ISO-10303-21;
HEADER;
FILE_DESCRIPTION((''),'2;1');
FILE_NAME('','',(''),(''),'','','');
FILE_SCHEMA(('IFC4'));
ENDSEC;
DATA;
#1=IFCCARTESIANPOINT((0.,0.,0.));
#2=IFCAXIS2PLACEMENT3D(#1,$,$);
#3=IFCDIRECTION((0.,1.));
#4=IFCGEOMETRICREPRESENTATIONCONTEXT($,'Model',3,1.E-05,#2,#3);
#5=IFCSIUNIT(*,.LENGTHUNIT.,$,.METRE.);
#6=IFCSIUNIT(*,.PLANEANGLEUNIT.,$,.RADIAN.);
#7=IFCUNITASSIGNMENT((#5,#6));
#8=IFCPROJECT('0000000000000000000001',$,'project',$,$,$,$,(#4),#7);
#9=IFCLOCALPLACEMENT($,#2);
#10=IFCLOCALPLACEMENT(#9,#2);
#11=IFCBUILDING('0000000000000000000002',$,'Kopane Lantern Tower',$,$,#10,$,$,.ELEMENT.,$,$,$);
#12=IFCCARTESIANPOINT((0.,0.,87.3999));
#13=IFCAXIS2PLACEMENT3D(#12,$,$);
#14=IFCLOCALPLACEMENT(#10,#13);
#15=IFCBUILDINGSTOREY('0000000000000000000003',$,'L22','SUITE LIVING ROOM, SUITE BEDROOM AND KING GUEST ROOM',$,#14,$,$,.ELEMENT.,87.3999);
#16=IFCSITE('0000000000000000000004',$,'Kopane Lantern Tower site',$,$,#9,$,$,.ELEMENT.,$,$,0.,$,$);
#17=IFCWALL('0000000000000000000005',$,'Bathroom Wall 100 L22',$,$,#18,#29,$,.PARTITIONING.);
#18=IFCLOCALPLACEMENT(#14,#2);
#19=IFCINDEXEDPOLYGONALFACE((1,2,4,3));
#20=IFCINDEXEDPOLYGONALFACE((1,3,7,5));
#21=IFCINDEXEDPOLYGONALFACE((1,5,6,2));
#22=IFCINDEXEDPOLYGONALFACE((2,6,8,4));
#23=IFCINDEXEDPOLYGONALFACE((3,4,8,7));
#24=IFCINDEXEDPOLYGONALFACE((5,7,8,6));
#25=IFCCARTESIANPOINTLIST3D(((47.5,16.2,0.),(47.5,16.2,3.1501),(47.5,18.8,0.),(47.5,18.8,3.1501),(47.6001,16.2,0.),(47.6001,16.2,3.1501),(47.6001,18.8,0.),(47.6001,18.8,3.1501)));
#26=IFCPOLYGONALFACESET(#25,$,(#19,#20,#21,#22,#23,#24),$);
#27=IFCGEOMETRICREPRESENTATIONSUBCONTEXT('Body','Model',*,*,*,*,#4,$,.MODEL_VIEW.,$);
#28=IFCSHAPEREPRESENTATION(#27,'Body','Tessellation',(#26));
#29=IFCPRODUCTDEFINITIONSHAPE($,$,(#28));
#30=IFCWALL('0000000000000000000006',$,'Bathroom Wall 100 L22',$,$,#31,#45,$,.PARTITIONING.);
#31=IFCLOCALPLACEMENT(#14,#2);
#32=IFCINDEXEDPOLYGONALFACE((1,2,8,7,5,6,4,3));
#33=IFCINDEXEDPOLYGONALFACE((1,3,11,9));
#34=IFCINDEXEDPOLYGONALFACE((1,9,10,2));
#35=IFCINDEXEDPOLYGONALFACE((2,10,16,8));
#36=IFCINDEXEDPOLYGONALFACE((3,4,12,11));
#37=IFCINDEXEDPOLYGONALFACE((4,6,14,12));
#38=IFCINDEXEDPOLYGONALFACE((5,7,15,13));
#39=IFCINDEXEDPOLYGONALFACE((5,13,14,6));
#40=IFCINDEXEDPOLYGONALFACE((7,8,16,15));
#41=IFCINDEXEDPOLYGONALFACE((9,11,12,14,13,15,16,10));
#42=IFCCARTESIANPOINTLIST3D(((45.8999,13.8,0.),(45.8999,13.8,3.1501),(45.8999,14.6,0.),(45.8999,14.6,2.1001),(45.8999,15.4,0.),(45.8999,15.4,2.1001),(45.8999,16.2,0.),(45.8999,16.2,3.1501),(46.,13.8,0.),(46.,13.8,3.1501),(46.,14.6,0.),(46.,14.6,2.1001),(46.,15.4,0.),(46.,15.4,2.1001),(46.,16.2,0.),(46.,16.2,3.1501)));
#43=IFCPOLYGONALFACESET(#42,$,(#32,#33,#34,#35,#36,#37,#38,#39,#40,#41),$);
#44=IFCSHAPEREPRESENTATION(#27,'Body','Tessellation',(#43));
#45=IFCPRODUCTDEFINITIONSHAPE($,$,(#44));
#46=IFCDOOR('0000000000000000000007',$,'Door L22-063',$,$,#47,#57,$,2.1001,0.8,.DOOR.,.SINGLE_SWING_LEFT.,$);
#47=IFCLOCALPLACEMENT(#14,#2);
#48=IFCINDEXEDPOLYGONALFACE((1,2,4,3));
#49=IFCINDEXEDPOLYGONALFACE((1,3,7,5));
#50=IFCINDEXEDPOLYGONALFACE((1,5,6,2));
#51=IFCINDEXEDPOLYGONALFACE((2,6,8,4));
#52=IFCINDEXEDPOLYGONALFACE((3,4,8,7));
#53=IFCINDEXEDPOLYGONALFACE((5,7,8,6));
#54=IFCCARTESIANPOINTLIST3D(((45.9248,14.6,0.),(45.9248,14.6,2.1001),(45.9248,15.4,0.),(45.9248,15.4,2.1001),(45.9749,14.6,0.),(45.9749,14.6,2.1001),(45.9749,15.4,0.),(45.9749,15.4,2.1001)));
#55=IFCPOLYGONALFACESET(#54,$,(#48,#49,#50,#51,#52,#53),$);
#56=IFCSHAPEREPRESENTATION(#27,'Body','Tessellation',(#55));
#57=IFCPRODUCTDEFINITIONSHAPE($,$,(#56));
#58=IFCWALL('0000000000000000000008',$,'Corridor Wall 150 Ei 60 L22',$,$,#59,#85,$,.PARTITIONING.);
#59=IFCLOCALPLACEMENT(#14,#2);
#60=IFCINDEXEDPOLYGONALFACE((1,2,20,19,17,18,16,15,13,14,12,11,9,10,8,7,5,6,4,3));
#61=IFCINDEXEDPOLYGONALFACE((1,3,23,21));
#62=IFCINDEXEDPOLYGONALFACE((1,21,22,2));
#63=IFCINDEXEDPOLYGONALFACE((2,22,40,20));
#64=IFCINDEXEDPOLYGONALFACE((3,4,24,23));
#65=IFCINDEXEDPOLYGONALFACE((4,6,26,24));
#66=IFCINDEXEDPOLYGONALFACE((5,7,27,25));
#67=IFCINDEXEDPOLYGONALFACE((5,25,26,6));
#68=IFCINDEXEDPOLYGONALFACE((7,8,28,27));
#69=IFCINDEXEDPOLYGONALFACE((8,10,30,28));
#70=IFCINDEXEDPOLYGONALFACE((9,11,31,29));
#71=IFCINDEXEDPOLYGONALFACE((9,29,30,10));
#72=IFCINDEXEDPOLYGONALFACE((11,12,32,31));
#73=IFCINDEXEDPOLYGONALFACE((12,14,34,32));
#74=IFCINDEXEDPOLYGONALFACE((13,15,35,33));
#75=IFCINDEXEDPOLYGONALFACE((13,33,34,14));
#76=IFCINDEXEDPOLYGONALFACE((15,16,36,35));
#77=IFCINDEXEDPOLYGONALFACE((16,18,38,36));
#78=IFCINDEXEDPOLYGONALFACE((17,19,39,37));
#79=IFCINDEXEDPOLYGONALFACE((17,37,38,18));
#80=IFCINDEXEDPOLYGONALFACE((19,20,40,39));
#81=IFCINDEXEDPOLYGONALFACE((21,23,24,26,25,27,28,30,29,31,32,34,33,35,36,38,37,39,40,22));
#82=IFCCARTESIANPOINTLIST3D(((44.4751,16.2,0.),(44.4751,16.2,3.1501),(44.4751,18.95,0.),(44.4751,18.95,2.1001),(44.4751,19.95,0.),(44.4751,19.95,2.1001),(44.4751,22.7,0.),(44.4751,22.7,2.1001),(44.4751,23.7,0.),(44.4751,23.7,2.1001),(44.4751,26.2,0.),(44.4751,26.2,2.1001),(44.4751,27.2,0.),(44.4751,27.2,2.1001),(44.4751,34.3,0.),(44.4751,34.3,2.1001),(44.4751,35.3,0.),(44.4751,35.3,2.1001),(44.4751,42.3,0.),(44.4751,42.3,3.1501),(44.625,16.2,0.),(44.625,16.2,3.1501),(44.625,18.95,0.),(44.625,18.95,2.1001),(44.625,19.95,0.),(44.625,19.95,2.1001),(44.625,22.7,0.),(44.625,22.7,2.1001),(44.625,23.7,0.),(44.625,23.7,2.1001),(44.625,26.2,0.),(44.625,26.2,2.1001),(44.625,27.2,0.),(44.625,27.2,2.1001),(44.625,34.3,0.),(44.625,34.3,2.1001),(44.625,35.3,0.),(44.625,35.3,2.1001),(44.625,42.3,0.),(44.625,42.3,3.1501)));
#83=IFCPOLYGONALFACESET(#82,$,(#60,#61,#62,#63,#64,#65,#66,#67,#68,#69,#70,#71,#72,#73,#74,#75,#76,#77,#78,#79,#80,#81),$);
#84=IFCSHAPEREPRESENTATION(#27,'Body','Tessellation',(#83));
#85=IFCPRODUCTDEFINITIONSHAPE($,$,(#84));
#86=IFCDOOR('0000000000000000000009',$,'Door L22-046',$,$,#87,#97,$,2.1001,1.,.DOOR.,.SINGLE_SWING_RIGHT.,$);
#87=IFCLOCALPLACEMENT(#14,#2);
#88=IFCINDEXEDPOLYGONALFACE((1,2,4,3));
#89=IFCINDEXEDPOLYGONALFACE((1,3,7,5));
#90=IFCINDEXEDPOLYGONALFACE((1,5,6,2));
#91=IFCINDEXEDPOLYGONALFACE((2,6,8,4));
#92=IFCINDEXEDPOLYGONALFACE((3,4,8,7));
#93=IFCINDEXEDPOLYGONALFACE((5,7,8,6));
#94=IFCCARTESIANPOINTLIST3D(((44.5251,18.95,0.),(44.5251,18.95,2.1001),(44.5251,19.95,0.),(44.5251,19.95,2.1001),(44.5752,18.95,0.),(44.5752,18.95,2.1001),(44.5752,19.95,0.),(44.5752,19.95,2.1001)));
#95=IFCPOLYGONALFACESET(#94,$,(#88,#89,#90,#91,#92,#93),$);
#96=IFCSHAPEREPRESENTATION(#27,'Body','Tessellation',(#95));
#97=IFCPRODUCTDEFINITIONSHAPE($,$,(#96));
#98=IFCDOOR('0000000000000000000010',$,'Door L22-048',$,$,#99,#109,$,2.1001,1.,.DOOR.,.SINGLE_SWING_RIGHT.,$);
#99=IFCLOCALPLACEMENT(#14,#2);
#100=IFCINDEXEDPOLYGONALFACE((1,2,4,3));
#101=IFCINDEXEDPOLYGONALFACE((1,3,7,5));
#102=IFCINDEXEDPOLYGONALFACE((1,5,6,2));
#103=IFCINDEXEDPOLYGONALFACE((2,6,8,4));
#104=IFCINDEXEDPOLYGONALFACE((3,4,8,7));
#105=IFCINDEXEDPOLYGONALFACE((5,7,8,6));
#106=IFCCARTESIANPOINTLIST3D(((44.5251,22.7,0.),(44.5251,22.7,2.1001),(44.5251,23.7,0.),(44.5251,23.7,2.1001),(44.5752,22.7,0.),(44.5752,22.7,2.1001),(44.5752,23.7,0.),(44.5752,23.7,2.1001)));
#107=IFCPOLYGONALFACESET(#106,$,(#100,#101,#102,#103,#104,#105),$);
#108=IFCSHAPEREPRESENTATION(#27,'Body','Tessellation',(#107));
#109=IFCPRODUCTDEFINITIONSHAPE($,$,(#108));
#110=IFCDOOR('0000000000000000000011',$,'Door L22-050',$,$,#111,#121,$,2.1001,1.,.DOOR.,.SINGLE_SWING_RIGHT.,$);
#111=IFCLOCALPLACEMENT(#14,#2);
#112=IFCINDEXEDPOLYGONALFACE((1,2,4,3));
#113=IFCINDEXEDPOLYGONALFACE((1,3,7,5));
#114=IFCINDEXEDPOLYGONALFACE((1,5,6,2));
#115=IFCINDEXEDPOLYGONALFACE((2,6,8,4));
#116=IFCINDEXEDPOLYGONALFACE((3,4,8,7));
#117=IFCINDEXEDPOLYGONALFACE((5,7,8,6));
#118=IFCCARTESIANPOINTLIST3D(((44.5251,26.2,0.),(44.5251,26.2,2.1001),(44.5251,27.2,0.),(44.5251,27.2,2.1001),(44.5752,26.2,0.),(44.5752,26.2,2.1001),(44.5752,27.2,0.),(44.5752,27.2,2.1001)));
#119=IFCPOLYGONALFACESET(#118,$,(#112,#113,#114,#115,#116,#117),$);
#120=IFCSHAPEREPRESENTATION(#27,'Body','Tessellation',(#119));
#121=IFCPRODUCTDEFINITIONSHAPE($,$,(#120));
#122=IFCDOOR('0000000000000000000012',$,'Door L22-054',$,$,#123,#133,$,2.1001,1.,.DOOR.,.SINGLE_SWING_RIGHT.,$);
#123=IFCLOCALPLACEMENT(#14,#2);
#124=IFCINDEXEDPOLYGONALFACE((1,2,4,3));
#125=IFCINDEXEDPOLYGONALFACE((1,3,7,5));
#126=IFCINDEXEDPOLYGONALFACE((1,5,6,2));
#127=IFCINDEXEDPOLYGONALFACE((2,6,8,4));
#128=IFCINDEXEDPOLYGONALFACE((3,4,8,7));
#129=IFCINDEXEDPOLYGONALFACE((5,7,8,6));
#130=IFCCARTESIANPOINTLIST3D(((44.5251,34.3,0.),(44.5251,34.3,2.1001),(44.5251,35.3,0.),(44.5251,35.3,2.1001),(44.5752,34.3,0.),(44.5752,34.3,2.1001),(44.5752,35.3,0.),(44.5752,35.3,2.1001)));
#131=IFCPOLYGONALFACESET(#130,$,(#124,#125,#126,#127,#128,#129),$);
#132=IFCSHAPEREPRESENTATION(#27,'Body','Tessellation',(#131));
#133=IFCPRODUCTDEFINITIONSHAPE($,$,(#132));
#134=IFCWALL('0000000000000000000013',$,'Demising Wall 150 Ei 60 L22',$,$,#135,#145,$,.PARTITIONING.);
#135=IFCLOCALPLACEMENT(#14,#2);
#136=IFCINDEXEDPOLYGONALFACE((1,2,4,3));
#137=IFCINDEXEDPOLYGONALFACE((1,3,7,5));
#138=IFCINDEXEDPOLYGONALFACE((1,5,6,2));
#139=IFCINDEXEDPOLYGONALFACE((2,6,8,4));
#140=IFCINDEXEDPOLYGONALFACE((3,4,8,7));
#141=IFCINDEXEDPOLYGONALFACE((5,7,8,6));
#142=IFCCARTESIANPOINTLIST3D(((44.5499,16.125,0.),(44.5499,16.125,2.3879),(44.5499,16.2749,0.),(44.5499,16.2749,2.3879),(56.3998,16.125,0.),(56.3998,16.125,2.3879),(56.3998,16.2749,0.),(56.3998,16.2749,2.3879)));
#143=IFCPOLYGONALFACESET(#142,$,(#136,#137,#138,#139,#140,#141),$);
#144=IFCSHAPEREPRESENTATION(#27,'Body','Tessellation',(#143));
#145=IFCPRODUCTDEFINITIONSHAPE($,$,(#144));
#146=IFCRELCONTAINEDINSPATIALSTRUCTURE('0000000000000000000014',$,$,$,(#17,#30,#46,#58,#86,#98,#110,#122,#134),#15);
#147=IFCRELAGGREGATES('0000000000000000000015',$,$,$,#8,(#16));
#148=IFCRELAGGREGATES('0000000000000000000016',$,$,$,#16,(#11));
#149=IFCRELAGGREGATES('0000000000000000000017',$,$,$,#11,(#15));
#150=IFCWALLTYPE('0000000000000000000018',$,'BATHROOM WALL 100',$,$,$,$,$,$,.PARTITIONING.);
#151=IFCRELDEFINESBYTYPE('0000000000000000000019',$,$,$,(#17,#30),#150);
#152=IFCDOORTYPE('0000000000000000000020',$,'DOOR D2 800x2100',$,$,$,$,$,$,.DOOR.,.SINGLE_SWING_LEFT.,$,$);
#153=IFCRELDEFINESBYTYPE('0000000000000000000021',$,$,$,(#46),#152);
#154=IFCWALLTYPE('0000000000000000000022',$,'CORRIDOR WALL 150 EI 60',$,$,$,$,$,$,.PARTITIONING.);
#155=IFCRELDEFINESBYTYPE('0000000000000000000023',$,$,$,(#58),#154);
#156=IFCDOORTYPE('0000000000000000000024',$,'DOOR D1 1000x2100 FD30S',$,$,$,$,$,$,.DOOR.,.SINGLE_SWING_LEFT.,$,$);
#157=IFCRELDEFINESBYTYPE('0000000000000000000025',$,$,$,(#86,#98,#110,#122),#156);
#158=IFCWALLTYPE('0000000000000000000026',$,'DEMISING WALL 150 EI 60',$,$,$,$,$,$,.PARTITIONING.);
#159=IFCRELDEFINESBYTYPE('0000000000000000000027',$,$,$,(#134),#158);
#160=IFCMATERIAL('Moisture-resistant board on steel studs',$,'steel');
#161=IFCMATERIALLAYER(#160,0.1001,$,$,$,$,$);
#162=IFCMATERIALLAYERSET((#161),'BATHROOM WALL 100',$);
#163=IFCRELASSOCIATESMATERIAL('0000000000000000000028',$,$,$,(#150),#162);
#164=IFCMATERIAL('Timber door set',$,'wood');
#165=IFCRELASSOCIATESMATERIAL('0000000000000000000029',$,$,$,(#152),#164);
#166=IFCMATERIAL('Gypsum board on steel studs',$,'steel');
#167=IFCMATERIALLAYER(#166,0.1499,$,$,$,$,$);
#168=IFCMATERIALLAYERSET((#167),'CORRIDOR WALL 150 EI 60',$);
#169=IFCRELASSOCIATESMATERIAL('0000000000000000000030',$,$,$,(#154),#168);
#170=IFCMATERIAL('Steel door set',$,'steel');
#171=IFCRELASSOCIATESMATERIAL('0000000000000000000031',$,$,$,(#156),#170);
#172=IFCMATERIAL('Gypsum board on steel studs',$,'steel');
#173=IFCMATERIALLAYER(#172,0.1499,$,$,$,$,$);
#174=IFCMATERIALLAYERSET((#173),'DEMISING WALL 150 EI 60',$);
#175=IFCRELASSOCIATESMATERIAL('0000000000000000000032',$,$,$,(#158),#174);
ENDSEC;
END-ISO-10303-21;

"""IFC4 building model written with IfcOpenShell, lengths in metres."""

from ifc_helpers import new_model, si_unit, direction, frame, frame_2d, origin, place, context, subcontext, project, spatial, rectangle, extrude, material, layer, layer_set, type_object, element, fill, save


model = new_model("IFC4")

# Units and contexts
model_context = context("Model", 3, precision=1e-05, world=origin(), true_north=direction((0.0, 1.0)))
body_context = subcontext(model_context, "Body", "Model", "MODEL_VIEW")
ifc_project = project(units=[si_unit("LENGTHUNIT", "METRE"), si_unit("PLANEANGLEUNIT", "RADIAN")], contexts=[model_context])

# Site, building, storey
site_placement = place(None, origin())
site = spatial("IfcSite", under=ifc_project, at=site_placement, Name="Kopane Lantern Tower site", CompositionType="ELEMENT", RefElevation=0.0)
building_placement = place(site_placement, origin())
building = spatial("IfcBuilding", under=site, at=building_placement, Name="Kopane Lantern Tower", CompositionType="ELEMENT")
storey_placement = place(building_placement, frame((0.0, 0.0, 87.3999)))
storey = spatial("IfcBuildingStorey", under=building, at=storey_placement, Name="L22", Description="SUITE LIVING ROOM, SUITE BEDROOM AND KING GUEST ROOM", CompositionType="ELEMENT", Elevation=87.3999)

# Wall
ifc_material_1 = material(Name="Moisture-resistant board on steel studs", Category="steel")
ifc_layer_1 = layer(ifc_material_1, 0.1001)
ifc_layer_set_1 = layer_set([ifc_layer_1], Name="BATHROOM WALL 100")
wall_type_1 = type_object("IfcWallType", Name="BATHROOM WALL 100", PredefinedType="PARTITIONING", material=ifc_layer_set_1)
wall_1_placement = place(storey_placement, frame((47.55, 16.2, 0.0), z_axis=(0.0, 0.0, 1.0), x_axis=(0.0, 1.0, 0.0)))
element("IfcWall", 1, at=wall_1_placement, inside=storey, type_object=wall_type_1, Name="Bathroom Wall 100 L22", PredefinedType="PARTITIONING", context=body_context, shape_type="SweptSolid", body=[
    extrude(rectangle(XDim=2.6001, YDim=0.1001, at=frame_2d((1.3, 0.0))), origin(), (0.0, 0.0, 1.0), 3.1501),
])

# Wall, opening, door
wall_2_placement = place(storey_placement, frame((45.95, 16.2, 0.0), z_axis=(0.0, 0.0, 1.0), x_axis=(0.0, -1.0, 0.0)))
wall_2 = element("IfcWall", 2, at=wall_2_placement, inside=storey, type_object=wall_type_1, Name="Bathroom Wall 100 L22", PredefinedType="PARTITIONING", context=body_context, shape_type="SweptSolid", body=[
    extrude(rectangle(XDim=2.3999, YDim=0.1001, at=frame_2d((1.2, 0.0))), origin(), (0.0, 0.0, 1.0), 3.1501),
])
opening_1_placement = place(wall_2_placement, frame((0.8, 0.0, 0.0)))
opening_1 = element("IfcOpeningElement", 3, at=opening_1_placement, cuts=wall_2, PredefinedType="OPENING", context=body_context, shape_type="SweptSolid", body=[
    extrude(rectangle(XDim=0.8, YDim=2.1001, at=frame_2d((0.3999, 1.05))), frame((0.0, 0.0601, 0.0), z_axis=(0.0, -1.0, 0.0), x_axis=(1.0, 0.0, 0.0)), (0.0, 0.0, 1.0), 0.1201),
])
ifc_material_2 = material(Name="Timber door set", Category="wood")
door_type_1 = type_object("IfcDoorType", Name="DOOR D2 800x2100", OperationType="SINGLE_SWING_LEFT", PredefinedType="DOOR", material=ifc_material_2)
door_1_placement = place(opening_1_placement, origin())
door_1 = element("IfcDoor", 4, at=door_1_placement, inside=storey, type_object=door_type_1, Name="Door L22-063", OperationType="SINGLE_SWING_LEFT", OverallHeight=2.1001, OverallWidth=0.8, PredefinedType="DOOR", context=body_context, shape_type="SweptSolid", body=[
    extrude(rectangle(XDim=0.8, YDim=2.1001, at=frame_2d((0.3999, 1.05))), frame((0.0, 0.0249, 0.0), z_axis=(0.0, -1.0, 0.0), x_axis=(1.0, 0.0, 0.0)), (0.0, 0.0, 1.0), 0.05),
])
fill(opening_1, door_1)

# Wall, openings, doors
ifc_material_3 = material(Name="Gypsum board on steel studs", Category="steel")
ifc_layer_2 = layer(ifc_material_3, 0.1499)
ifc_layer_set_2 = layer_set([ifc_layer_2], Name="CORRIDOR WALL 150 EI 60")
wall_type_2 = type_object("IfcWallType", Name="CORRIDOR WALL 150 EI 60", PredefinedType="PARTITIONING", material=ifc_layer_set_2)
wall_3_placement = place(storey_placement, frame((44.55, 16.2, 0.0), z_axis=(0.0, 0.0, 1.0), x_axis=(0.0, 1.0, 0.0)))
wall_3 = element("IfcWall", 5, at=wall_3_placement, inside=storey, type_object=wall_type_2, Name="Corridor Wall 150 Ei 60 L22", PredefinedType="PARTITIONING", context=body_context, shape_type="SweptSolid", body=[
    extrude(rectangle(XDim=26.1001, YDim=0.1499, at=frame_2d((13.05, 0.0))), origin(), (0.0, 0.0, 1.0), 3.1501),
])
opening_2_placement = place(wall_3_placement, frame((2.75, 0.0, 0.0)))
opening_2 = element("IfcOpeningElement", 6, at=opening_2_placement, cuts=wall_3, PredefinedType="OPENING", context=body_context, shape_type="SweptSolid", body=[
    extrude(rectangle(XDim=1.0, YDim=2.1001, at=frame_2d((0.5, 1.05))), frame((0.0, 0.085, 0.0), z_axis=(0.0, -1.0, 0.0), x_axis=(1.0, 0.0, 0.0)), (0.0, 0.0, 1.0), 0.1699),
])
opening_3_placement = place(wall_3_placement, frame((6.5, 0.0, 0.0)))
opening_3 = element("IfcOpeningElement", 7, at=opening_3_placement, cuts=wall_3, PredefinedType="OPENING", context=body_context, shape_type="SweptSolid", body=[
    extrude(rectangle(XDim=1.0, YDim=2.1001, at=frame_2d((0.5, 1.05))), frame((0.0, 0.085, 0.0), z_axis=(0.0, -1.0, 0.0), x_axis=(1.0, 0.0, 0.0)), (0.0, 0.0, 1.0), 0.1699),
])
opening_4_placement = place(wall_3_placement, frame((10.0, 0.0, 0.0)))
opening_4 = element("IfcOpeningElement", 8, at=opening_4_placement, cuts=wall_3, PredefinedType="OPENING", context=body_context, shape_type="SweptSolid", body=[
    extrude(rectangle(XDim=1.0, YDim=2.1001, at=frame_2d((0.5, 1.05))), frame((0.0, 0.085, 0.0), z_axis=(0.0, -1.0, 0.0), x_axis=(1.0, 0.0, 0.0)), (0.0, 0.0, 1.0), 0.1699),
])
opening_5_placement = place(wall_3_placement, frame((18.1001, 0.0, 0.0)))
opening_5 = element("IfcOpeningElement", 9, at=opening_5_placement, cuts=wall_3, PredefinedType="OPENING", context=body_context, shape_type="SweptSolid", body=[
    extrude(rectangle(XDim=1.0, YDim=2.1001, at=frame_2d((0.5, 1.05))), frame((0.0, 0.085, 0.0), z_axis=(0.0, -1.0, 0.0), x_axis=(1.0, 0.0, 0.0)), (0.0, 0.0, 1.0), 0.1699),
])
ifc_material_4 = material(Name="Steel door set", Category="steel")
door_type_2 = type_object("IfcDoorType", Name="DOOR D1 1000x2100 FD30S", OperationType="SINGLE_SWING_LEFT", PredefinedType="DOOR", material=ifc_material_4)
door_2_placement = place(opening_2_placement, origin())
door_2 = element("IfcDoor", 10, at=door_2_placement, inside=storey, type_object=door_type_2, Name="Door L22-046", OperationType="SINGLE_SWING_RIGHT", OverallHeight=2.1001, OverallWidth=1.0, PredefinedType="DOOR", context=body_context, shape_type="SweptSolid", body=[
    extrude(rectangle(XDim=1.0, YDim=2.1001, at=frame_2d((0.5, 1.05))), frame((0.0, 0.0249, 0.0), z_axis=(0.0, -1.0, 0.0), x_axis=(1.0, 0.0, 0.0)), (0.0, 0.0, 1.0), 0.05),
])
fill(opening_2, door_2)
door_3_placement = place(opening_3_placement, origin())
door_3 = element("IfcDoor", 11, at=door_3_placement, inside=storey, type_object=door_type_2, Name="Door L22-048", OperationType="SINGLE_SWING_RIGHT", OverallHeight=2.1001, OverallWidth=1.0, PredefinedType="DOOR", context=body_context, shape_type="SweptSolid", body=[
    extrude(rectangle(XDim=1.0, YDim=2.1001, at=frame_2d((0.5, 1.05))), frame((0.0, 0.0249, 0.0), z_axis=(0.0, -1.0, 0.0), x_axis=(1.0, 0.0, 0.0)), (0.0, 0.0, 1.0), 0.05),
])
fill(opening_3, door_3)
door_4_placement = place(opening_4_placement, origin())
door_4 = element("IfcDoor", 12, at=door_4_placement, inside=storey, type_object=door_type_2, Name="Door L22-050", OperationType="SINGLE_SWING_RIGHT", OverallHeight=2.1001, OverallWidth=1.0, PredefinedType="DOOR", context=body_context, shape_type="SweptSolid", body=[
    extrude(rectangle(XDim=1.0, YDim=2.1001, at=frame_2d((0.5, 1.05))), frame((0.0, 0.0249, 0.0), z_axis=(0.0, -1.0, 0.0), x_axis=(1.0, 0.0, 0.0)), (0.0, 0.0, 1.0), 0.05),
])
fill(opening_4, door_4)
door_5_placement = place(opening_5_placement, origin())
door_5 = element("IfcDoor", 13, at=door_5_placement, inside=storey, type_object=door_type_2, Name="Door L22-054", OperationType="SINGLE_SWING_RIGHT", OverallHeight=2.1001, OverallWidth=1.0, PredefinedType="DOOR", context=body_context, shape_type="SweptSolid", body=[
    extrude(rectangle(XDim=1.0, YDim=2.1001, at=frame_2d((0.5, 1.05))), frame((0.0, 0.0249, 0.0), z_axis=(0.0, -1.0, 0.0), x_axis=(1.0, 0.0, 0.0)), (0.0, 0.0, 1.0), 0.05),
])
fill(opening_5, door_5)

# Wall
ifc_material_5 = material(Name="Gypsum board on steel studs", Category="steel")
ifc_layer_3 = layer(ifc_material_5, 0.1499)
ifc_layer_set_3 = layer_set([ifc_layer_3], Name="DEMISING WALL 150 EI 60")
wall_type_3 = type_object("IfcWallType", Name="DEMISING WALL 150 EI 60", PredefinedType="PARTITIONING", material=ifc_layer_set_3)
wall_4_placement = place(storey_placement, frame((44.55, 16.2, 0.0), z_axis=(0.0, 0.0, 1.0), x_axis=(1.0, 0.0, 0.0)))
element("IfcWall", 14, at=wall_4_placement, inside=storey, type_object=wall_type_3, Name="Demising Wall 150 Ei 60 L22", PredefinedType="PARTITIONING", context=body_context, shape_type="SweptSolid", body=[
    extrude(rectangle(XDim=11.8499, YDim=0.1499, at=frame_2d((5.9248, 0.0))), origin(), (0.0, 0.0, 1.0), 2.3879),
])

save(model, "model.ifc")
